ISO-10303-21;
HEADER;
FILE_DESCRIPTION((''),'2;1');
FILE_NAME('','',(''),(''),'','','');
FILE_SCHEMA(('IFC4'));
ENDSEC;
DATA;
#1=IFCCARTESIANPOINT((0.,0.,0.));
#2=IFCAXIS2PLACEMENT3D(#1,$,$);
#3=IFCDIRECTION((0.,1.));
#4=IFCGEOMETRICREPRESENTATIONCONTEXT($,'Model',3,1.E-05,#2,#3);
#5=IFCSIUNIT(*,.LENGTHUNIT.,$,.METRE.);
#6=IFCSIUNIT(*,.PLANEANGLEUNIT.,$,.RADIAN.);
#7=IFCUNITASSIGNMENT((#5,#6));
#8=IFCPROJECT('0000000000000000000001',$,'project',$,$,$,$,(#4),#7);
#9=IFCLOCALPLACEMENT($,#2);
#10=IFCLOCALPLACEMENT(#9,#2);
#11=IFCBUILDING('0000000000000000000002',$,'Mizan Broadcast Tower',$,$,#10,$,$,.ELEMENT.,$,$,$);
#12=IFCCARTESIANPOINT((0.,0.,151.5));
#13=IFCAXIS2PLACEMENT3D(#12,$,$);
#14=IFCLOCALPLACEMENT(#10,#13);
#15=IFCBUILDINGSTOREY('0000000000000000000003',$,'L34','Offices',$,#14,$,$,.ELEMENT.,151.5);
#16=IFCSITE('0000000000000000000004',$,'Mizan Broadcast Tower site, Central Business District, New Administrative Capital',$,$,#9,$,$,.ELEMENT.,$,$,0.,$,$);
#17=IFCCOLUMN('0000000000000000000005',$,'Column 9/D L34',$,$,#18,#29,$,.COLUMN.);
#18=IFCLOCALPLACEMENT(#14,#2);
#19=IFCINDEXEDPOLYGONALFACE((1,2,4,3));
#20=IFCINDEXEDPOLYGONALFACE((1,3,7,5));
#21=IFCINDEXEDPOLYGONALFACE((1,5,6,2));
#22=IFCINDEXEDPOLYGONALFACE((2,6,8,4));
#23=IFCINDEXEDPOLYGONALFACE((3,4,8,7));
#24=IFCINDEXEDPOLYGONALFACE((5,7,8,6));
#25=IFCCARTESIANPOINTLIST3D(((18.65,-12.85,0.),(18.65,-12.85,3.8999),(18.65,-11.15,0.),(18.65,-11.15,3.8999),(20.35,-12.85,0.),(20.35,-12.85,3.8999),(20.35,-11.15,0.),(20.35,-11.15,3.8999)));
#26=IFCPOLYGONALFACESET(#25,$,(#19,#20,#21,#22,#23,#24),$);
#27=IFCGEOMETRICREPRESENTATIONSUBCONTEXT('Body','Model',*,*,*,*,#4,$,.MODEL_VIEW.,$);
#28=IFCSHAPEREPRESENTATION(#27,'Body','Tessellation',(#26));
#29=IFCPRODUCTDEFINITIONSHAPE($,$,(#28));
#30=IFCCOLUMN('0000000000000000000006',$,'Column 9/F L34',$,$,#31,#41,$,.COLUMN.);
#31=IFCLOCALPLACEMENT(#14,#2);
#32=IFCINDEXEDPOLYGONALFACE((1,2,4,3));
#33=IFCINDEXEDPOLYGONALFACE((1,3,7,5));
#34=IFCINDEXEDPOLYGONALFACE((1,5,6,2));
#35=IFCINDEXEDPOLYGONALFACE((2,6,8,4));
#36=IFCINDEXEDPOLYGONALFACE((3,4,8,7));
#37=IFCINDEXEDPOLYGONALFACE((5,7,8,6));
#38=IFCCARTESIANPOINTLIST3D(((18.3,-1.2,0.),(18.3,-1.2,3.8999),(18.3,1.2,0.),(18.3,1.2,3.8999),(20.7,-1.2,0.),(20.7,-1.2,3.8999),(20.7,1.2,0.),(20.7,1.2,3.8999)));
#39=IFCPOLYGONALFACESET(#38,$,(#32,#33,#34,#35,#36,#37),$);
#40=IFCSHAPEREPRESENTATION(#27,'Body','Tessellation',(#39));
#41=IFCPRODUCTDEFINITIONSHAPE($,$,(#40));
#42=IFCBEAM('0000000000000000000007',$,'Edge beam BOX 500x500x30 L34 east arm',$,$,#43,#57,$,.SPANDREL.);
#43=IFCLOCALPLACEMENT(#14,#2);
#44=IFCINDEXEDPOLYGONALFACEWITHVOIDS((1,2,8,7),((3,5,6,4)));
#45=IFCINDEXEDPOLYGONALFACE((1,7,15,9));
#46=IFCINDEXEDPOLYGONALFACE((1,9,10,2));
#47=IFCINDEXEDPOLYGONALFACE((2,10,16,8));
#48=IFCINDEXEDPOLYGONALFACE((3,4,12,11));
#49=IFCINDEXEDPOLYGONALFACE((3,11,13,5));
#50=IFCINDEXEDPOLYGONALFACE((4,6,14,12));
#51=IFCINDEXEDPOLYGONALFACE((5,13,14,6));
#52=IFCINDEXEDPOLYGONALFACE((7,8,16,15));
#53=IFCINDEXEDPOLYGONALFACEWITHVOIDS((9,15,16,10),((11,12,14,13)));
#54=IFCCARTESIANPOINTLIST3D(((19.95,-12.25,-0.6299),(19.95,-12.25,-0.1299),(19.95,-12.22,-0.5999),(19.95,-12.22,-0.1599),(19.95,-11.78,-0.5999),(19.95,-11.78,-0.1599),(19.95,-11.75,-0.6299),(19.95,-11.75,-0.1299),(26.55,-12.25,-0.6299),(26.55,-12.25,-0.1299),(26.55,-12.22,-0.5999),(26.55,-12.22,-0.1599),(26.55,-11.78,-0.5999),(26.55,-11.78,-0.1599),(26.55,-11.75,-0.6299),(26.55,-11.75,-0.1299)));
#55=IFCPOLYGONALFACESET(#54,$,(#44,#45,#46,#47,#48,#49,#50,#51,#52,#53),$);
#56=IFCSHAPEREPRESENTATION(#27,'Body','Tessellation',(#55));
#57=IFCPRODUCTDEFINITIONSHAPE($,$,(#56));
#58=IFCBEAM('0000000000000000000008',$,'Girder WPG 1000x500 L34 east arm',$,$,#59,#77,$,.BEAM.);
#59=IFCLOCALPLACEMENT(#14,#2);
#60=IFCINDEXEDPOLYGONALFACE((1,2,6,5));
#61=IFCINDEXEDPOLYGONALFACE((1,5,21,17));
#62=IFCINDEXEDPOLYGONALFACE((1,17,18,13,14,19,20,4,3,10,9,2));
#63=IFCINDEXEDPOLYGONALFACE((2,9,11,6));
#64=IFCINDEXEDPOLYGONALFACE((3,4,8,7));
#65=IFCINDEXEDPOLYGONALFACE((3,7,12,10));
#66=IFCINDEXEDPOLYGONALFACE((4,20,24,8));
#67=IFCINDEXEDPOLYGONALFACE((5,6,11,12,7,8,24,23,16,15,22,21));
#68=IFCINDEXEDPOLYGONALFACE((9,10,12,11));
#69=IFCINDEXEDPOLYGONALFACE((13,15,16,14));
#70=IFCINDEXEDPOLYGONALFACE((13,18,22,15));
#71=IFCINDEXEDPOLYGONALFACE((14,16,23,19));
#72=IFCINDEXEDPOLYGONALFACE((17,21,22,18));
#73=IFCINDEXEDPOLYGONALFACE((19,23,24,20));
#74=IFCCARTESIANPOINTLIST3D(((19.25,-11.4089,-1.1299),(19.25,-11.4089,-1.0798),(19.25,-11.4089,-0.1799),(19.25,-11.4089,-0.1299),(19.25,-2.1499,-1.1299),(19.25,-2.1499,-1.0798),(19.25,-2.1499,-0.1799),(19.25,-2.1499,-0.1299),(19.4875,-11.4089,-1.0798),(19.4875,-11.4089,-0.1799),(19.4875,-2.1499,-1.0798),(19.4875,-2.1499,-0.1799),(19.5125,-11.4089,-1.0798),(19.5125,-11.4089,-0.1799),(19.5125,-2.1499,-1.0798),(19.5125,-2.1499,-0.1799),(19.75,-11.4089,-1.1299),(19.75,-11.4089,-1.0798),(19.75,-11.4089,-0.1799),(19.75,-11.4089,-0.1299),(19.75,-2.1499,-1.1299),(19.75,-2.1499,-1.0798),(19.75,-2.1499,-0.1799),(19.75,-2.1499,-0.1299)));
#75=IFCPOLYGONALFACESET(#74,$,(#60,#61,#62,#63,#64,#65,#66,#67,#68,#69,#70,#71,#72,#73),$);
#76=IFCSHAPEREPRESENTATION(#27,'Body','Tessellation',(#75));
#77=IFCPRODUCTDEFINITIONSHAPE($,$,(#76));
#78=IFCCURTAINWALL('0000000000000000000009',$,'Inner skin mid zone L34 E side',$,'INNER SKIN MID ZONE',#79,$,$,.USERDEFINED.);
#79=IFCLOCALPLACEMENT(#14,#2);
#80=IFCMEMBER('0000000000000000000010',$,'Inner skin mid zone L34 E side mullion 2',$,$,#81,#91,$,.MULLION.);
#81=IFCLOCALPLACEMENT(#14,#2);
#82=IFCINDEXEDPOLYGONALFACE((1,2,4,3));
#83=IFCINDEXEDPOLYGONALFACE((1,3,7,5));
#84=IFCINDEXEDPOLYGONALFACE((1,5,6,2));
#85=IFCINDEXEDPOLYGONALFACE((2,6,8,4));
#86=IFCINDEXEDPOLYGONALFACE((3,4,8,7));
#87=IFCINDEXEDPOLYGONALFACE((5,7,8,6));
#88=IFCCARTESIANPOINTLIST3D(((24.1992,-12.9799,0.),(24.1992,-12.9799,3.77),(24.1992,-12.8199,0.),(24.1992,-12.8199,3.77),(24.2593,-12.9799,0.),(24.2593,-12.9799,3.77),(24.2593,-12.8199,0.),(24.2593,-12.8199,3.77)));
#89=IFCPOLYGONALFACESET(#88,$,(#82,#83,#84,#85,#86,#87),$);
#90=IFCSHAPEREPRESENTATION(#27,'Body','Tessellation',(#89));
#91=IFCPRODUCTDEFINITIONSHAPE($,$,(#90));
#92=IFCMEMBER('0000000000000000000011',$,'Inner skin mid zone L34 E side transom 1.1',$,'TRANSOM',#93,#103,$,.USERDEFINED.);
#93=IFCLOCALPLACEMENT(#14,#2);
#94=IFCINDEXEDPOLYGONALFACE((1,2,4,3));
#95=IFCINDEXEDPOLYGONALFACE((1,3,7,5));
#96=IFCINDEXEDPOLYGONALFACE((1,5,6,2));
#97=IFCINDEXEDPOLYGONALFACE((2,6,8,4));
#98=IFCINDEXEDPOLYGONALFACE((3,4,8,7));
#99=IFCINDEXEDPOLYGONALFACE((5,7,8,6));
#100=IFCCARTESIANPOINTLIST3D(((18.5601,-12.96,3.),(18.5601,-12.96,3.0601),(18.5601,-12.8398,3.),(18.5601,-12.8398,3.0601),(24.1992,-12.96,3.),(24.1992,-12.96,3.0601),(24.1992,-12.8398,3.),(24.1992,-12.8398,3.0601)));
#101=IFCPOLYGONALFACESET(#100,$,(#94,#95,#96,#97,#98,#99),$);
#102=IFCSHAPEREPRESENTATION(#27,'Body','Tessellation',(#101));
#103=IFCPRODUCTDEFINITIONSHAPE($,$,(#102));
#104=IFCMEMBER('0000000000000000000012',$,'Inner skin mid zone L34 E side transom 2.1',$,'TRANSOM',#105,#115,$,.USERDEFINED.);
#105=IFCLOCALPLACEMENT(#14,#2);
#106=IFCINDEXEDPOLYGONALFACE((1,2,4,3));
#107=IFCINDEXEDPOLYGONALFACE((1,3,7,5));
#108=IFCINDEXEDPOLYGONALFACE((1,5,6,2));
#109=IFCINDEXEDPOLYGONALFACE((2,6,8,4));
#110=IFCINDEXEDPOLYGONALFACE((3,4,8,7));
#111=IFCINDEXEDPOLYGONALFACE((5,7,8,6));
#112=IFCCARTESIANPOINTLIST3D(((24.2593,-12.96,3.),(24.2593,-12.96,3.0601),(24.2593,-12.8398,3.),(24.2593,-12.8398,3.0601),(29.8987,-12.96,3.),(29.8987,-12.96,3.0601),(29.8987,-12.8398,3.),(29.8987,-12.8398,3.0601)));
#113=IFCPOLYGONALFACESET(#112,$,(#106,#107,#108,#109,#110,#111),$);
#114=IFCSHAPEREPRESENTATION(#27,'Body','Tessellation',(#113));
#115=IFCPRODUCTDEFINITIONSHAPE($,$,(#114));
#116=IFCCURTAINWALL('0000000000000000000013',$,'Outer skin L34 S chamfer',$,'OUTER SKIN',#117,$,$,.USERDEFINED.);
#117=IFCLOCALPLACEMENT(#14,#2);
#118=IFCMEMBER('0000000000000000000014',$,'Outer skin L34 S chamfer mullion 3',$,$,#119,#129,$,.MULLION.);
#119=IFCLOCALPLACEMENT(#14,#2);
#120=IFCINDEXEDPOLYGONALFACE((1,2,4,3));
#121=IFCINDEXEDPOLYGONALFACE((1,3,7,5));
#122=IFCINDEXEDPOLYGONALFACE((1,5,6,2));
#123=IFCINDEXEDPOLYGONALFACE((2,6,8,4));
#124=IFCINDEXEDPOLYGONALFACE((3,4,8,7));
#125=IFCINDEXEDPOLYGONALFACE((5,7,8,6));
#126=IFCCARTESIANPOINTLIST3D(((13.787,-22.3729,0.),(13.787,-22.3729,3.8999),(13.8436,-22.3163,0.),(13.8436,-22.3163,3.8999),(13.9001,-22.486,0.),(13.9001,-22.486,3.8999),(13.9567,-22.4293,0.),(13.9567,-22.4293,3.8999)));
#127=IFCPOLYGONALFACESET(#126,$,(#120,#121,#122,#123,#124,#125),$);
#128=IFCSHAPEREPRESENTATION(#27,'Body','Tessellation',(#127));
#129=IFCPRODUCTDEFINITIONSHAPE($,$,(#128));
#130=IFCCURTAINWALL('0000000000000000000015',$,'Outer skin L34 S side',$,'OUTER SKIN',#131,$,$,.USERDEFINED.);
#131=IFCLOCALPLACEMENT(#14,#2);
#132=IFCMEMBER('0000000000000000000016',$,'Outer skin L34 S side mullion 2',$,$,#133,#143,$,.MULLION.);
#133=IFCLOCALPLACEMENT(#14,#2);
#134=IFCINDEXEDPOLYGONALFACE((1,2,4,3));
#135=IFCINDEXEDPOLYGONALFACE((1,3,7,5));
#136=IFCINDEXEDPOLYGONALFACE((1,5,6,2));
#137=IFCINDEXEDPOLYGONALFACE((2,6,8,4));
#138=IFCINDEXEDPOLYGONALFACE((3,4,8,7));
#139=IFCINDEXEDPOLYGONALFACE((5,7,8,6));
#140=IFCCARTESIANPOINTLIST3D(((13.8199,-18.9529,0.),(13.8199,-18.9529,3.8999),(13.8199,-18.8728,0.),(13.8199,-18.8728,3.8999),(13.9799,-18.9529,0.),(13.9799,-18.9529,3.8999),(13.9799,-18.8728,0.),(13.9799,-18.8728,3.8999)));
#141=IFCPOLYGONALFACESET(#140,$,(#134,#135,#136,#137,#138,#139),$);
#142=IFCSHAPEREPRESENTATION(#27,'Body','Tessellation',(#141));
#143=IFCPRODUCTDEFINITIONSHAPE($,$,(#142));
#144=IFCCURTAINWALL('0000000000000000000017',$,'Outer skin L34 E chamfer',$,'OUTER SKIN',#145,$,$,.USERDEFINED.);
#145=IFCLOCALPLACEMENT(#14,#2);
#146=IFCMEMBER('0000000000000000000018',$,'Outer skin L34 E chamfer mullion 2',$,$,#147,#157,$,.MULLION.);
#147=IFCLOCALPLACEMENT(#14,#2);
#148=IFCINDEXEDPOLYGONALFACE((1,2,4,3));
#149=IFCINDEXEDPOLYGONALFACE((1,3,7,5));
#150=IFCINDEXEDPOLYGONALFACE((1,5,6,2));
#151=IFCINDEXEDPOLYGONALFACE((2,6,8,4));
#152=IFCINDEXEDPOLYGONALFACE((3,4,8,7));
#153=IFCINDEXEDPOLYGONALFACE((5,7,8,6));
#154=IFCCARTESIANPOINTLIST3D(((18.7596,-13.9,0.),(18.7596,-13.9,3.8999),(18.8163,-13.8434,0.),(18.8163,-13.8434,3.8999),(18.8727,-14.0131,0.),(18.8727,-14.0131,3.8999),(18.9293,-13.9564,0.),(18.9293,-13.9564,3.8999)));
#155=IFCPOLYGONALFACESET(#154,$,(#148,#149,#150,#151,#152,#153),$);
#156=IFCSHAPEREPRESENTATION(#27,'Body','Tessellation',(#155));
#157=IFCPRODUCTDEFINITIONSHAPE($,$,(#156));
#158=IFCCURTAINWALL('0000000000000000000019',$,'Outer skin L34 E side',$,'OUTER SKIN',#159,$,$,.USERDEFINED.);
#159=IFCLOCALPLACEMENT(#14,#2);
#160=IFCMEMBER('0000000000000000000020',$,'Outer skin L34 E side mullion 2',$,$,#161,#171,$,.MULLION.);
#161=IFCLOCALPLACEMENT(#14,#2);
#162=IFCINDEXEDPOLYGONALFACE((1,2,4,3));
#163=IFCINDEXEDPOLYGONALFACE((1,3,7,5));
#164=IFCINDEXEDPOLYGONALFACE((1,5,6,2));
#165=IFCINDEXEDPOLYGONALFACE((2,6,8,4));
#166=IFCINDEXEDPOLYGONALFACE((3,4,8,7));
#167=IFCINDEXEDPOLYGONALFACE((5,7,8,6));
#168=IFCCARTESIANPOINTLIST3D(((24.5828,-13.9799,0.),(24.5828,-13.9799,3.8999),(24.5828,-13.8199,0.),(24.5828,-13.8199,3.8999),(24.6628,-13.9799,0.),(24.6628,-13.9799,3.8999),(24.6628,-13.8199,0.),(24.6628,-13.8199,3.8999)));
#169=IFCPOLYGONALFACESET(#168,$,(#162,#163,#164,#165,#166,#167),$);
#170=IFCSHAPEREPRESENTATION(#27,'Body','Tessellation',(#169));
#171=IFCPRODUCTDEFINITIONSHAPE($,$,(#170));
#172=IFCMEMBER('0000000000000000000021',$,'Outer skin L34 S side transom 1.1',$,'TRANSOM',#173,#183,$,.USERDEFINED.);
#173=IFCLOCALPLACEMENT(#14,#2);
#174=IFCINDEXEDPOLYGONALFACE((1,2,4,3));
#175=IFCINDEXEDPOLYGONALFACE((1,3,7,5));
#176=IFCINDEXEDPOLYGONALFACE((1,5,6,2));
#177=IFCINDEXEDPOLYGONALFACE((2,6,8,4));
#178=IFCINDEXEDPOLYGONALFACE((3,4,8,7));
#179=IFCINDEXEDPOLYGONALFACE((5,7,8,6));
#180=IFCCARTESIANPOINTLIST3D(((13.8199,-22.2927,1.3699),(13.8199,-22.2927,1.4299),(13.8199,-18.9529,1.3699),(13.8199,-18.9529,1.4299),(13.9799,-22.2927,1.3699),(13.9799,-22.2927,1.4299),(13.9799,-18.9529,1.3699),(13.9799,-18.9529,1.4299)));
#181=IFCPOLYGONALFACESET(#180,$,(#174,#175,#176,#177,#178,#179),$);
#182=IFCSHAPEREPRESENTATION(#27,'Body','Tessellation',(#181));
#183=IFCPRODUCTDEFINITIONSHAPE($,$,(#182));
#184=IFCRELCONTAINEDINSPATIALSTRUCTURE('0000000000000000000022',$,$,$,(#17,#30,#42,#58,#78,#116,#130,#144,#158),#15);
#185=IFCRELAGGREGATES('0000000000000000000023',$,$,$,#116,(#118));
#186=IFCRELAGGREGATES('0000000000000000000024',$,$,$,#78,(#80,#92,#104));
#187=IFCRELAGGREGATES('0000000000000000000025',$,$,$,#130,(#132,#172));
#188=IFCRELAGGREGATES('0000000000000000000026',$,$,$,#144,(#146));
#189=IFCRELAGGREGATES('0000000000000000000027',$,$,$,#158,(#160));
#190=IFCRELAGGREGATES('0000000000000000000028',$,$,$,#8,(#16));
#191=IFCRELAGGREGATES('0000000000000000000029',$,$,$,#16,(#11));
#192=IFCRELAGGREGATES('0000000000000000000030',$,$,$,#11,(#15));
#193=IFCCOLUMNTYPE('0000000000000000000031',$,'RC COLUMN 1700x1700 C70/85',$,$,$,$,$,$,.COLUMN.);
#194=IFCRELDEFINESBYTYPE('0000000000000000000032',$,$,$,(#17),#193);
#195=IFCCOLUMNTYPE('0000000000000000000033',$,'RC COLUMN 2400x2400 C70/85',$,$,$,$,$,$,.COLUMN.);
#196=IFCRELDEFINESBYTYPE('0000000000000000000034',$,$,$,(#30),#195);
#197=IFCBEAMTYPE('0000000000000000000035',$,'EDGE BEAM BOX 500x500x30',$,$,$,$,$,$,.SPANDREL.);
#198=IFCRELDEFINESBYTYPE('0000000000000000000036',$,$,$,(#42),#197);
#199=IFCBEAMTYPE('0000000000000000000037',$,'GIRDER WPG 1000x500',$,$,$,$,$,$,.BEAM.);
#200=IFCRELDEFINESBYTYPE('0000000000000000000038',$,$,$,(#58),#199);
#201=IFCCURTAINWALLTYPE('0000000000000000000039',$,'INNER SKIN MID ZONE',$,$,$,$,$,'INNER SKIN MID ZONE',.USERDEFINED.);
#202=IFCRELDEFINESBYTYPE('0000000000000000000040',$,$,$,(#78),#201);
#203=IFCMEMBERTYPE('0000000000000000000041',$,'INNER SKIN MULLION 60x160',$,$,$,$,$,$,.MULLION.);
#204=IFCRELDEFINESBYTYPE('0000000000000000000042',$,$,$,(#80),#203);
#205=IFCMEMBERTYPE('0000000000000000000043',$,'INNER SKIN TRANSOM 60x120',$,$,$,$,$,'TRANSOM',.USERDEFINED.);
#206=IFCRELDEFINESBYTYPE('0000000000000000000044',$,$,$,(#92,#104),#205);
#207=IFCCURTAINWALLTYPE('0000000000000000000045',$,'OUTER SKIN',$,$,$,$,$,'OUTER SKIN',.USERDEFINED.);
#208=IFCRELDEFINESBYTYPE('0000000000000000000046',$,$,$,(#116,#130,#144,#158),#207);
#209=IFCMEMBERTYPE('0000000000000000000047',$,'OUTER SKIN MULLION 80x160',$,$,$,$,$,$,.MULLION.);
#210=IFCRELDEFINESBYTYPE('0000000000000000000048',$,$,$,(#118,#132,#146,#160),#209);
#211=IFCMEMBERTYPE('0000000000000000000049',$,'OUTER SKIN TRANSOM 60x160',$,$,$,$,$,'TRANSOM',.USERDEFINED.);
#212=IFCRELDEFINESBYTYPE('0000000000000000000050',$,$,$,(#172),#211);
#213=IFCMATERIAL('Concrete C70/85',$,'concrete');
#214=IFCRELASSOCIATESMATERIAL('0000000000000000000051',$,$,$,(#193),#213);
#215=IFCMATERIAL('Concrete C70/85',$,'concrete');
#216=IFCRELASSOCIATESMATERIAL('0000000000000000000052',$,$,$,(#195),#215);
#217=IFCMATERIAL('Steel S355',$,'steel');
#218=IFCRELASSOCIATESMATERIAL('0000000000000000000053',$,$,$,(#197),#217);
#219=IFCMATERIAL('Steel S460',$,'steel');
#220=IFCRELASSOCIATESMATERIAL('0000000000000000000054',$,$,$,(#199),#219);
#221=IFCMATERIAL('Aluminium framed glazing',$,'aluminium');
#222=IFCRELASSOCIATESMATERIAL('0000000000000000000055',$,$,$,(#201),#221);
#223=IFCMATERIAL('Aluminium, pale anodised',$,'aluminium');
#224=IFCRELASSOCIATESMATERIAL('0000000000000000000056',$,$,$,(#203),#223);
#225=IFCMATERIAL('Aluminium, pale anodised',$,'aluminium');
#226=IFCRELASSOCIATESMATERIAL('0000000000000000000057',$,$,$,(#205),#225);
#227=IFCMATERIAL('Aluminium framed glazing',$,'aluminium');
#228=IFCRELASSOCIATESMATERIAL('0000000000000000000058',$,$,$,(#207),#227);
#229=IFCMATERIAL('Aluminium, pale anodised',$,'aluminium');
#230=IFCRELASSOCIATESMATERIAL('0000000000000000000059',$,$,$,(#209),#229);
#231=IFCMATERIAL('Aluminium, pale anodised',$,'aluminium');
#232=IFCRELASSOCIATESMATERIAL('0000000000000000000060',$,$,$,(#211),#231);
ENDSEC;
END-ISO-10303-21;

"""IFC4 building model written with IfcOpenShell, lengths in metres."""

from ifc_helpers import new_model, si_unit, direction, frame, origin, origin_2d, place, context, subcontext, project, spatial, rectangle, hollow_rectangle, i_section, extrude, material, material_profile, profile_set, type_object, element, aggregate, save


model = new_model("IFC4")

# Units and contexts
model_context = context("Model", 3, precision=1e-05, world=origin(), true_north=direction((0.0, 1.0)))
body_context = subcontext(model_context, "Body", "Model", "MODEL_VIEW")
ifc_project = project(units=[si_unit("LENGTHUNIT", "METRE"), si_unit("PLANEANGLEUNIT", "RADIAN")], contexts=[model_context])

# Site, building, storey
site_placement = place(None, origin())
site = spatial("IfcSite", under=ifc_project, at=site_placement, Name="Mizan Broadcast Tower site, Central Business District, New Administrative Capital", CompositionType="ELEMENT", RefElevation=0.0)
building_placement = place(site_placement, origin())
building = spatial("IfcBuilding", under=site, at=building_placement, Name="Mizan Broadcast Tower", CompositionType="ELEMENT")
storey_placement = place(building_placement, frame((0.0, 0.0, 151.5)))
storey = spatial("IfcBuildingStorey", under=building, at=storey_placement, Name="L34", Description="Offices", CompositionType="ELEMENT", Elevation=151.5)

# Columns
ifc_material_1 = material(Name="Concrete C70/85", Category="concrete")
ifc_material_profile_1 = material_profile(ifc_material_1, rectangle(XDim=1.7, YDim=1.7, at=origin_2d()), Name="RC 1700x1700")
ifc_profile_set_1 = profile_set([ifc_material_profile_1], Name="Concrete C70/85")
column_type_1 = type_object("IfcColumnType", Name="RC COLUMN 1700x1700 C70/85", PredefinedType="COLUMN", material=ifc_profile_set_1)
column_1_placement = place(storey_placement, frame((19.5, -12.0, 0.0), z_axis=(0.0, 0.0, 1.0), x_axis=(1.0, 0.0, 0.0)))
element("IfcColumn", 1, at=column_1_placement, inside=storey, type_object=column_type_1, Name="Column 9/D L34", PredefinedType="COLUMN", context=body_context, shape_type="SweptSolid", body=[
    extrude(rectangle(XDim=1.7, YDim=1.7, at=origin_2d()), origin(), (0.0, 0.0, 1.0), 3.8999),
])
ifc_material_2 = material(Name="Concrete C70/85", Category="concrete")
ifc_material_profile_2 = material_profile(ifc_material_2, rectangle(XDim=2.3999, YDim=2.3999, at=origin_2d()), Name="RC 2400x2400")
ifc_profile_set_2 = profile_set([ifc_material_profile_2], Name="Concrete C70/85")
column_type_2 = type_object("IfcColumnType", Name="RC COLUMN 2400x2400 C70/85", PredefinedType="COLUMN", material=ifc_profile_set_2)
column_2_placement = place(storey_placement, frame((19.5, 0.0, 0.0), z_axis=(0.0, 0.0, 1.0), x_axis=(1.0, 0.0, 0.0)))
element("IfcColumn", 2, at=column_2_placement, inside=storey, type_object=column_type_2, Name="Column 9/F L34", PredefinedType="COLUMN", context=body_context, shape_type="SweptSolid", body=[
    extrude(rectangle(XDim=2.3999, YDim=2.3999, at=origin_2d()), origin(), (0.0, 0.0, 1.0), 3.8999),
])

# Beams
ifc_material_3 = material(Name="Steel S355", Category="steel")
ifc_material_profile_3 = material_profile(ifc_material_3, hollow_rectangle(XDim=0.5, YDim=0.5, WallThickness=0.03, at=origin_2d()), Name="BOX 500x500x30")
ifc_profile_set_3 = profile_set([ifc_material_profile_3], Name="Steel S355")
beam_type_1 = type_object("IfcBeamType", Name="EDGE BEAM BOX 500x500x30", PredefinedType="SPANDREL", material=ifc_profile_set_3)
beam_1_placement = place(storey_placement, frame((19.95, -12.0, -0.3799), z_axis=(1.0, 0.0, 0.0), x_axis=(0.0, 1.0, 0.0)))
element("IfcBeam", 3, at=beam_1_placement, inside=storey, type_object=beam_type_1, Name="Edge beam BOX 500x500x30 L34 east arm", PredefinedType="SPANDREL", context=body_context, shape_type="SweptSolid", body=[
    extrude(hollow_rectangle(XDim=0.5, YDim=0.5, WallThickness=0.03, at=origin_2d()), origin(), (0.0, 0.0, 1.0), 6.6001),
])
ifc_material_4 = material(Name="Steel S460", Category="steel")
ifc_material_profile_4 = material_profile(ifc_material_4, i_section(OverallWidth=0.5, OverallDepth=1.0, WebThickness=0.0249, FlangeThickness=0.05, at=origin_2d()), Name="WPG 1000x500")
ifc_profile_set_4 = profile_set([ifc_material_profile_4], Name="Steel S460")
beam_type_2 = type_object("IfcBeamType", Name="GIRDER WPG 1000x500", PredefinedType="BEAM", material=ifc_profile_set_4)
beam_2_placement = place(storey_placement, frame((19.5, -11.4089, -0.6299), z_axis=(0.0, 1.0, 0.0), x_axis=(-1.0, 0.0, 0.0)))
element("IfcBeam", 4, at=beam_2_placement, inside=storey, type_object=beam_type_2, Name="Girder WPG 1000x500 L34 east arm", PredefinedType="BEAM", context=body_context, shape_type="SweptSolid", body=[
    extrude(i_section(OverallWidth=0.5, OverallDepth=1.0, WebThickness=0.0249, FlangeThickness=0.05, at=origin_2d()), origin(), (0.0, 0.0, 1.0), 9.259),
])

# Curtain wall, members
ifc_material_5 = material(Name="Aluminium framed glazing", Category="aluminium")
curtain_wall_type_1 = type_object("IfcCurtainWallType", Name="INNER SKIN MID ZONE", ElementType="INNER SKIN MID ZONE", PredefinedType="USERDEFINED", material=ifc_material_5)
curtain_wall_1_placement = place(storey_placement, origin())
curtain_wall_1 = element("IfcCurtainWall", 5, at=curtain_wall_1_placement, inside=storey, type_object=curtain_wall_type_1, Name="Inner skin mid zone L34 E side", ObjectType="INNER SKIN MID ZONE", PredefinedType="USERDEFINED")
ifc_material_6 = material(Name="Aluminium, pale anodised", Category="aluminium")
ifc_material_profile_5 = material_profile(ifc_material_6, rectangle(XDim=0.1599, YDim=0.0601, at=origin_2d()), Name="MULLION 160x60")
ifc_profile_set_5 = profile_set([ifc_material_profile_5], Name="Aluminium, pale anodised")
member_type_1 = type_object("IfcMemberType", Name="INNER SKIN MULLION 60x160", PredefinedType="MULLION", material=ifc_profile_set_5)
member_1_placement = place(storey_placement, frame((24.2292, -12.8999, 0.0), z_axis=(0.0, 0.0, 1.0), x_axis=(0.0, 1.0, 0.0)))
member_1 = element("IfcMember", 6, at=member_1_placement, type_object=member_type_1, Name="Inner skin mid zone L34 E side mullion 2", PredefinedType="MULLION", context=body_context, shape_type="SweptSolid", body=[
    extrude(rectangle(XDim=0.1599, YDim=0.0601, at=origin_2d()), origin(), (0.0, 0.0, 1.0), 3.77),
])
ifc_material_7 = material(Name="Aluminium, pale anodised", Category="aluminium")
ifc_material_profile_6 = material_profile(ifc_material_7, rectangle(XDim=0.1201, YDim=0.0601, at=origin_2d()), Name="TRANSOM 120x60")
ifc_profile_set_6 = profile_set([ifc_material_profile_6], Name="Aluminium, pale anodised")
member_type_2 = type_object("IfcMemberType", Name="INNER SKIN TRANSOM 60x120", ElementType="TRANSOM", PredefinedType="USERDEFINED", material=ifc_profile_set_6)
member_2_placement = place(storey_placement, frame((18.5601, -12.8999, 3.03), z_axis=(1.0, 0.0, 0.0), x_axis=(0.0, 1.0, 0.0)))
member_2 = element("IfcMember", 7, at=member_2_placement, type_object=member_type_2, Name="Inner skin mid zone L34 E side transom 1.1", ObjectType="TRANSOM", PredefinedType="USERDEFINED", context=body_context, shape_type="SweptSolid", body=[
    extrude(rectangle(XDim=0.1201, YDim=0.0601, at=origin_2d()), origin(), (0.0, 0.0, 1.0), 5.6392),
])
member_3_placement = place(storey_placement, frame((24.2593, -12.8999, 3.03), z_axis=(1.0, 0.0, 0.0), x_axis=(0.0, 1.0, 0.0)))
member_3 = element("IfcMember", 8, at=member_3_placement, type_object=member_type_2, Name="Inner skin mid zone L34 E side transom 2.1", ObjectType="TRANSOM", PredefinedType="USERDEFINED", context=body_context, shape_type="SweptSolid", body=[
    extrude(rectangle(XDim=0.1201, YDim=0.0601, at=origin_2d()), origin(), (0.0, 0.0, 1.0), 5.6394),
])

# Curtain walls, members
ifc_material_8 = material(Name="Aluminium framed glazing", Category="aluminium")
curtain_wall_type_2 = type_object("IfcCurtainWallType", Name="OUTER SKIN", ElementType="OUTER SKIN", PredefinedType="USERDEFINED", material=ifc_material_8)
curtain_wall_2_placement = place(storey_placement, origin())
curtain_wall_2 = element("IfcCurtainWall", 9, at=curtain_wall_2_placement, inside=storey, type_object=curtain_wall_type_2, Name="Outer skin L34 S chamfer", ObjectType="OUTER SKIN", PredefinedType="USERDEFINED")
ifc_material_9 = material(Name="Aluminium, pale anodised", Category="aluminium")
ifc_material_profile_7 = material_profile(ifc_material_9, rectangle(XDim=0.1599, YDim=0.0801, at=origin_2d()), Name="MULLION 160x80")
ifc_profile_set_7 = profile_set([ifc_material_profile_7], Name="Aluminium, pale anodised")
member_type_3 = type_object("IfcMemberType", Name="OUTER SKIN MULLION 80x160", PredefinedType="MULLION", material=ifc_profile_set_7)
member_4_placement = place(storey_placement, frame((13.8718, -22.4011, 0.0), z_axis=(0.0, 0.0, 1.0), x_axis=(-0.707107, 0.707107, 0.0)))
member_4 = element("IfcMember", 10, at=member_4_placement, type_object=member_type_3, Name="Outer skin L34 S chamfer mullion 3", PredefinedType="MULLION", context=body_context, shape_type="SweptSolid", body=[
    extrude(rectangle(XDim=0.1599, YDim=0.0801, at=origin_2d()), origin(), (0.0, 0.0, 1.0), 3.8999),
])
aggregate(curtain_wall_2, [member_4])
curtain_wall_3_placement = place(storey_placement, origin())
curtain_wall_3 = element("IfcCurtainWall", 11, at=curtain_wall_3_placement, inside=storey, type_object=curtain_wall_type_2, Name="Outer skin L34 S side", ObjectType="OUTER SKIN", PredefinedType="USERDEFINED")
member_5_placement = place(storey_placement, frame((13.8999, -18.9128, 0.0), z_axis=(0.0, 0.0, 1.0), x_axis=(-1.0, 0.0, 0.0)))
member_5 = element("IfcMember", 12, at=member_5_placement, type_object=member_type_3, Name="Outer skin L34 S side mullion 2", PredefinedType="MULLION", context=body_context, shape_type="SweptSolid", body=[
    extrude(rectangle(XDim=0.1599, YDim=0.0801, at=origin_2d()), origin(), (0.0, 0.0, 1.0), 3.8999),
])
curtain_wall_4_placement = place(storey_placement, origin())
curtain_wall_4 = element("IfcCurtainWall", 13, at=curtain_wall_4_placement, inside=storey, type_object=curtain_wall_type_2, Name="Outer skin L34 E chamfer", ObjectType="OUTER SKIN", PredefinedType="USERDEFINED")
member_6_placement = place(storey_placement, frame((18.8445, -13.9282, 0.0), z_axis=(0.0, 0.0, 1.0), x_axis=(-0.707107, 0.707107, 0.0)))
member_6 = element("IfcMember", 14, at=member_6_placement, type_object=member_type_3, Name="Outer skin L34 E chamfer mullion 2", PredefinedType="MULLION", context=body_context, shape_type="SweptSolid", body=[
    extrude(rectangle(XDim=0.1599, YDim=0.0801, at=origin_2d()), origin(), (0.0, 0.0, 1.0), 3.8999),
])
curtain_wall_5_placement = place(storey_placement, origin())
curtain_wall_5 = element("IfcCurtainWall", 15, at=curtain_wall_5_placement, inside=storey, type_object=curtain_wall_type_2, Name="Outer skin L34 E side", ObjectType="OUTER SKIN", PredefinedType="USERDEFINED")
member_7_placement = place(storey_placement, frame((24.6228, -13.8999, 0.0), z_axis=(0.0, 0.0, 1.0), x_axis=(0.0, 1.0, 0.0)))
member_7 = element("IfcMember", 16, at=member_7_placement, type_object=member_type_3, Name="Outer skin L34 E side mullion 2", PredefinedType="MULLION", context=body_context, shape_type="SweptSolid", body=[
    extrude(rectangle(XDim=0.1599, YDim=0.0801, at=origin_2d()), origin(), (0.0, 0.0, 1.0), 3.8999),
])

# Member
ifc_material_10 = material(Name="Aluminium, pale anodised", Category="aluminium")
ifc_material_profile_8 = material_profile(ifc_material_10, rectangle(XDim=0.1599, YDim=0.0601, at=origin_2d()), Name="TRANSOM 160x60")
ifc_profile_set_8 = profile_set([ifc_material_profile_8], Name="Aluminium, pale anodised")
member_type_4 = type_object("IfcMemberType", Name="OUTER SKIN TRANSOM 60x160", ElementType="TRANSOM", PredefinedType="USERDEFINED", material=ifc_profile_set_8)
member_8_placement = place(storey_placement, frame((13.8999, -22.2927, 1.3999), z_axis=(0.0, 1.0, 0.0), x_axis=(-1.0, 0.0, 0.0)))
member_8 = element("IfcMember", 17, at=member_8_placement, type_object=member_type_4, Name="Outer skin L34 S side transom 1.1", ObjectType="TRANSOM", PredefinedType="USERDEFINED", context=body_context, shape_type="SweptSolid", body=[
    extrude(rectangle(XDim=0.1599, YDim=0.0601, at=origin_2d()), origin(), (0.0, 0.0, 1.0), 3.3398),
])

aggregate(curtain_wall_1, [member_1, member_2, member_3])
aggregate(curtain_wall_3, [member_5, member_8])
aggregate(curtain_wall_4, [member_6])
aggregate(curtain_wall_5, [member_7])

save(model, "model.ifc")
